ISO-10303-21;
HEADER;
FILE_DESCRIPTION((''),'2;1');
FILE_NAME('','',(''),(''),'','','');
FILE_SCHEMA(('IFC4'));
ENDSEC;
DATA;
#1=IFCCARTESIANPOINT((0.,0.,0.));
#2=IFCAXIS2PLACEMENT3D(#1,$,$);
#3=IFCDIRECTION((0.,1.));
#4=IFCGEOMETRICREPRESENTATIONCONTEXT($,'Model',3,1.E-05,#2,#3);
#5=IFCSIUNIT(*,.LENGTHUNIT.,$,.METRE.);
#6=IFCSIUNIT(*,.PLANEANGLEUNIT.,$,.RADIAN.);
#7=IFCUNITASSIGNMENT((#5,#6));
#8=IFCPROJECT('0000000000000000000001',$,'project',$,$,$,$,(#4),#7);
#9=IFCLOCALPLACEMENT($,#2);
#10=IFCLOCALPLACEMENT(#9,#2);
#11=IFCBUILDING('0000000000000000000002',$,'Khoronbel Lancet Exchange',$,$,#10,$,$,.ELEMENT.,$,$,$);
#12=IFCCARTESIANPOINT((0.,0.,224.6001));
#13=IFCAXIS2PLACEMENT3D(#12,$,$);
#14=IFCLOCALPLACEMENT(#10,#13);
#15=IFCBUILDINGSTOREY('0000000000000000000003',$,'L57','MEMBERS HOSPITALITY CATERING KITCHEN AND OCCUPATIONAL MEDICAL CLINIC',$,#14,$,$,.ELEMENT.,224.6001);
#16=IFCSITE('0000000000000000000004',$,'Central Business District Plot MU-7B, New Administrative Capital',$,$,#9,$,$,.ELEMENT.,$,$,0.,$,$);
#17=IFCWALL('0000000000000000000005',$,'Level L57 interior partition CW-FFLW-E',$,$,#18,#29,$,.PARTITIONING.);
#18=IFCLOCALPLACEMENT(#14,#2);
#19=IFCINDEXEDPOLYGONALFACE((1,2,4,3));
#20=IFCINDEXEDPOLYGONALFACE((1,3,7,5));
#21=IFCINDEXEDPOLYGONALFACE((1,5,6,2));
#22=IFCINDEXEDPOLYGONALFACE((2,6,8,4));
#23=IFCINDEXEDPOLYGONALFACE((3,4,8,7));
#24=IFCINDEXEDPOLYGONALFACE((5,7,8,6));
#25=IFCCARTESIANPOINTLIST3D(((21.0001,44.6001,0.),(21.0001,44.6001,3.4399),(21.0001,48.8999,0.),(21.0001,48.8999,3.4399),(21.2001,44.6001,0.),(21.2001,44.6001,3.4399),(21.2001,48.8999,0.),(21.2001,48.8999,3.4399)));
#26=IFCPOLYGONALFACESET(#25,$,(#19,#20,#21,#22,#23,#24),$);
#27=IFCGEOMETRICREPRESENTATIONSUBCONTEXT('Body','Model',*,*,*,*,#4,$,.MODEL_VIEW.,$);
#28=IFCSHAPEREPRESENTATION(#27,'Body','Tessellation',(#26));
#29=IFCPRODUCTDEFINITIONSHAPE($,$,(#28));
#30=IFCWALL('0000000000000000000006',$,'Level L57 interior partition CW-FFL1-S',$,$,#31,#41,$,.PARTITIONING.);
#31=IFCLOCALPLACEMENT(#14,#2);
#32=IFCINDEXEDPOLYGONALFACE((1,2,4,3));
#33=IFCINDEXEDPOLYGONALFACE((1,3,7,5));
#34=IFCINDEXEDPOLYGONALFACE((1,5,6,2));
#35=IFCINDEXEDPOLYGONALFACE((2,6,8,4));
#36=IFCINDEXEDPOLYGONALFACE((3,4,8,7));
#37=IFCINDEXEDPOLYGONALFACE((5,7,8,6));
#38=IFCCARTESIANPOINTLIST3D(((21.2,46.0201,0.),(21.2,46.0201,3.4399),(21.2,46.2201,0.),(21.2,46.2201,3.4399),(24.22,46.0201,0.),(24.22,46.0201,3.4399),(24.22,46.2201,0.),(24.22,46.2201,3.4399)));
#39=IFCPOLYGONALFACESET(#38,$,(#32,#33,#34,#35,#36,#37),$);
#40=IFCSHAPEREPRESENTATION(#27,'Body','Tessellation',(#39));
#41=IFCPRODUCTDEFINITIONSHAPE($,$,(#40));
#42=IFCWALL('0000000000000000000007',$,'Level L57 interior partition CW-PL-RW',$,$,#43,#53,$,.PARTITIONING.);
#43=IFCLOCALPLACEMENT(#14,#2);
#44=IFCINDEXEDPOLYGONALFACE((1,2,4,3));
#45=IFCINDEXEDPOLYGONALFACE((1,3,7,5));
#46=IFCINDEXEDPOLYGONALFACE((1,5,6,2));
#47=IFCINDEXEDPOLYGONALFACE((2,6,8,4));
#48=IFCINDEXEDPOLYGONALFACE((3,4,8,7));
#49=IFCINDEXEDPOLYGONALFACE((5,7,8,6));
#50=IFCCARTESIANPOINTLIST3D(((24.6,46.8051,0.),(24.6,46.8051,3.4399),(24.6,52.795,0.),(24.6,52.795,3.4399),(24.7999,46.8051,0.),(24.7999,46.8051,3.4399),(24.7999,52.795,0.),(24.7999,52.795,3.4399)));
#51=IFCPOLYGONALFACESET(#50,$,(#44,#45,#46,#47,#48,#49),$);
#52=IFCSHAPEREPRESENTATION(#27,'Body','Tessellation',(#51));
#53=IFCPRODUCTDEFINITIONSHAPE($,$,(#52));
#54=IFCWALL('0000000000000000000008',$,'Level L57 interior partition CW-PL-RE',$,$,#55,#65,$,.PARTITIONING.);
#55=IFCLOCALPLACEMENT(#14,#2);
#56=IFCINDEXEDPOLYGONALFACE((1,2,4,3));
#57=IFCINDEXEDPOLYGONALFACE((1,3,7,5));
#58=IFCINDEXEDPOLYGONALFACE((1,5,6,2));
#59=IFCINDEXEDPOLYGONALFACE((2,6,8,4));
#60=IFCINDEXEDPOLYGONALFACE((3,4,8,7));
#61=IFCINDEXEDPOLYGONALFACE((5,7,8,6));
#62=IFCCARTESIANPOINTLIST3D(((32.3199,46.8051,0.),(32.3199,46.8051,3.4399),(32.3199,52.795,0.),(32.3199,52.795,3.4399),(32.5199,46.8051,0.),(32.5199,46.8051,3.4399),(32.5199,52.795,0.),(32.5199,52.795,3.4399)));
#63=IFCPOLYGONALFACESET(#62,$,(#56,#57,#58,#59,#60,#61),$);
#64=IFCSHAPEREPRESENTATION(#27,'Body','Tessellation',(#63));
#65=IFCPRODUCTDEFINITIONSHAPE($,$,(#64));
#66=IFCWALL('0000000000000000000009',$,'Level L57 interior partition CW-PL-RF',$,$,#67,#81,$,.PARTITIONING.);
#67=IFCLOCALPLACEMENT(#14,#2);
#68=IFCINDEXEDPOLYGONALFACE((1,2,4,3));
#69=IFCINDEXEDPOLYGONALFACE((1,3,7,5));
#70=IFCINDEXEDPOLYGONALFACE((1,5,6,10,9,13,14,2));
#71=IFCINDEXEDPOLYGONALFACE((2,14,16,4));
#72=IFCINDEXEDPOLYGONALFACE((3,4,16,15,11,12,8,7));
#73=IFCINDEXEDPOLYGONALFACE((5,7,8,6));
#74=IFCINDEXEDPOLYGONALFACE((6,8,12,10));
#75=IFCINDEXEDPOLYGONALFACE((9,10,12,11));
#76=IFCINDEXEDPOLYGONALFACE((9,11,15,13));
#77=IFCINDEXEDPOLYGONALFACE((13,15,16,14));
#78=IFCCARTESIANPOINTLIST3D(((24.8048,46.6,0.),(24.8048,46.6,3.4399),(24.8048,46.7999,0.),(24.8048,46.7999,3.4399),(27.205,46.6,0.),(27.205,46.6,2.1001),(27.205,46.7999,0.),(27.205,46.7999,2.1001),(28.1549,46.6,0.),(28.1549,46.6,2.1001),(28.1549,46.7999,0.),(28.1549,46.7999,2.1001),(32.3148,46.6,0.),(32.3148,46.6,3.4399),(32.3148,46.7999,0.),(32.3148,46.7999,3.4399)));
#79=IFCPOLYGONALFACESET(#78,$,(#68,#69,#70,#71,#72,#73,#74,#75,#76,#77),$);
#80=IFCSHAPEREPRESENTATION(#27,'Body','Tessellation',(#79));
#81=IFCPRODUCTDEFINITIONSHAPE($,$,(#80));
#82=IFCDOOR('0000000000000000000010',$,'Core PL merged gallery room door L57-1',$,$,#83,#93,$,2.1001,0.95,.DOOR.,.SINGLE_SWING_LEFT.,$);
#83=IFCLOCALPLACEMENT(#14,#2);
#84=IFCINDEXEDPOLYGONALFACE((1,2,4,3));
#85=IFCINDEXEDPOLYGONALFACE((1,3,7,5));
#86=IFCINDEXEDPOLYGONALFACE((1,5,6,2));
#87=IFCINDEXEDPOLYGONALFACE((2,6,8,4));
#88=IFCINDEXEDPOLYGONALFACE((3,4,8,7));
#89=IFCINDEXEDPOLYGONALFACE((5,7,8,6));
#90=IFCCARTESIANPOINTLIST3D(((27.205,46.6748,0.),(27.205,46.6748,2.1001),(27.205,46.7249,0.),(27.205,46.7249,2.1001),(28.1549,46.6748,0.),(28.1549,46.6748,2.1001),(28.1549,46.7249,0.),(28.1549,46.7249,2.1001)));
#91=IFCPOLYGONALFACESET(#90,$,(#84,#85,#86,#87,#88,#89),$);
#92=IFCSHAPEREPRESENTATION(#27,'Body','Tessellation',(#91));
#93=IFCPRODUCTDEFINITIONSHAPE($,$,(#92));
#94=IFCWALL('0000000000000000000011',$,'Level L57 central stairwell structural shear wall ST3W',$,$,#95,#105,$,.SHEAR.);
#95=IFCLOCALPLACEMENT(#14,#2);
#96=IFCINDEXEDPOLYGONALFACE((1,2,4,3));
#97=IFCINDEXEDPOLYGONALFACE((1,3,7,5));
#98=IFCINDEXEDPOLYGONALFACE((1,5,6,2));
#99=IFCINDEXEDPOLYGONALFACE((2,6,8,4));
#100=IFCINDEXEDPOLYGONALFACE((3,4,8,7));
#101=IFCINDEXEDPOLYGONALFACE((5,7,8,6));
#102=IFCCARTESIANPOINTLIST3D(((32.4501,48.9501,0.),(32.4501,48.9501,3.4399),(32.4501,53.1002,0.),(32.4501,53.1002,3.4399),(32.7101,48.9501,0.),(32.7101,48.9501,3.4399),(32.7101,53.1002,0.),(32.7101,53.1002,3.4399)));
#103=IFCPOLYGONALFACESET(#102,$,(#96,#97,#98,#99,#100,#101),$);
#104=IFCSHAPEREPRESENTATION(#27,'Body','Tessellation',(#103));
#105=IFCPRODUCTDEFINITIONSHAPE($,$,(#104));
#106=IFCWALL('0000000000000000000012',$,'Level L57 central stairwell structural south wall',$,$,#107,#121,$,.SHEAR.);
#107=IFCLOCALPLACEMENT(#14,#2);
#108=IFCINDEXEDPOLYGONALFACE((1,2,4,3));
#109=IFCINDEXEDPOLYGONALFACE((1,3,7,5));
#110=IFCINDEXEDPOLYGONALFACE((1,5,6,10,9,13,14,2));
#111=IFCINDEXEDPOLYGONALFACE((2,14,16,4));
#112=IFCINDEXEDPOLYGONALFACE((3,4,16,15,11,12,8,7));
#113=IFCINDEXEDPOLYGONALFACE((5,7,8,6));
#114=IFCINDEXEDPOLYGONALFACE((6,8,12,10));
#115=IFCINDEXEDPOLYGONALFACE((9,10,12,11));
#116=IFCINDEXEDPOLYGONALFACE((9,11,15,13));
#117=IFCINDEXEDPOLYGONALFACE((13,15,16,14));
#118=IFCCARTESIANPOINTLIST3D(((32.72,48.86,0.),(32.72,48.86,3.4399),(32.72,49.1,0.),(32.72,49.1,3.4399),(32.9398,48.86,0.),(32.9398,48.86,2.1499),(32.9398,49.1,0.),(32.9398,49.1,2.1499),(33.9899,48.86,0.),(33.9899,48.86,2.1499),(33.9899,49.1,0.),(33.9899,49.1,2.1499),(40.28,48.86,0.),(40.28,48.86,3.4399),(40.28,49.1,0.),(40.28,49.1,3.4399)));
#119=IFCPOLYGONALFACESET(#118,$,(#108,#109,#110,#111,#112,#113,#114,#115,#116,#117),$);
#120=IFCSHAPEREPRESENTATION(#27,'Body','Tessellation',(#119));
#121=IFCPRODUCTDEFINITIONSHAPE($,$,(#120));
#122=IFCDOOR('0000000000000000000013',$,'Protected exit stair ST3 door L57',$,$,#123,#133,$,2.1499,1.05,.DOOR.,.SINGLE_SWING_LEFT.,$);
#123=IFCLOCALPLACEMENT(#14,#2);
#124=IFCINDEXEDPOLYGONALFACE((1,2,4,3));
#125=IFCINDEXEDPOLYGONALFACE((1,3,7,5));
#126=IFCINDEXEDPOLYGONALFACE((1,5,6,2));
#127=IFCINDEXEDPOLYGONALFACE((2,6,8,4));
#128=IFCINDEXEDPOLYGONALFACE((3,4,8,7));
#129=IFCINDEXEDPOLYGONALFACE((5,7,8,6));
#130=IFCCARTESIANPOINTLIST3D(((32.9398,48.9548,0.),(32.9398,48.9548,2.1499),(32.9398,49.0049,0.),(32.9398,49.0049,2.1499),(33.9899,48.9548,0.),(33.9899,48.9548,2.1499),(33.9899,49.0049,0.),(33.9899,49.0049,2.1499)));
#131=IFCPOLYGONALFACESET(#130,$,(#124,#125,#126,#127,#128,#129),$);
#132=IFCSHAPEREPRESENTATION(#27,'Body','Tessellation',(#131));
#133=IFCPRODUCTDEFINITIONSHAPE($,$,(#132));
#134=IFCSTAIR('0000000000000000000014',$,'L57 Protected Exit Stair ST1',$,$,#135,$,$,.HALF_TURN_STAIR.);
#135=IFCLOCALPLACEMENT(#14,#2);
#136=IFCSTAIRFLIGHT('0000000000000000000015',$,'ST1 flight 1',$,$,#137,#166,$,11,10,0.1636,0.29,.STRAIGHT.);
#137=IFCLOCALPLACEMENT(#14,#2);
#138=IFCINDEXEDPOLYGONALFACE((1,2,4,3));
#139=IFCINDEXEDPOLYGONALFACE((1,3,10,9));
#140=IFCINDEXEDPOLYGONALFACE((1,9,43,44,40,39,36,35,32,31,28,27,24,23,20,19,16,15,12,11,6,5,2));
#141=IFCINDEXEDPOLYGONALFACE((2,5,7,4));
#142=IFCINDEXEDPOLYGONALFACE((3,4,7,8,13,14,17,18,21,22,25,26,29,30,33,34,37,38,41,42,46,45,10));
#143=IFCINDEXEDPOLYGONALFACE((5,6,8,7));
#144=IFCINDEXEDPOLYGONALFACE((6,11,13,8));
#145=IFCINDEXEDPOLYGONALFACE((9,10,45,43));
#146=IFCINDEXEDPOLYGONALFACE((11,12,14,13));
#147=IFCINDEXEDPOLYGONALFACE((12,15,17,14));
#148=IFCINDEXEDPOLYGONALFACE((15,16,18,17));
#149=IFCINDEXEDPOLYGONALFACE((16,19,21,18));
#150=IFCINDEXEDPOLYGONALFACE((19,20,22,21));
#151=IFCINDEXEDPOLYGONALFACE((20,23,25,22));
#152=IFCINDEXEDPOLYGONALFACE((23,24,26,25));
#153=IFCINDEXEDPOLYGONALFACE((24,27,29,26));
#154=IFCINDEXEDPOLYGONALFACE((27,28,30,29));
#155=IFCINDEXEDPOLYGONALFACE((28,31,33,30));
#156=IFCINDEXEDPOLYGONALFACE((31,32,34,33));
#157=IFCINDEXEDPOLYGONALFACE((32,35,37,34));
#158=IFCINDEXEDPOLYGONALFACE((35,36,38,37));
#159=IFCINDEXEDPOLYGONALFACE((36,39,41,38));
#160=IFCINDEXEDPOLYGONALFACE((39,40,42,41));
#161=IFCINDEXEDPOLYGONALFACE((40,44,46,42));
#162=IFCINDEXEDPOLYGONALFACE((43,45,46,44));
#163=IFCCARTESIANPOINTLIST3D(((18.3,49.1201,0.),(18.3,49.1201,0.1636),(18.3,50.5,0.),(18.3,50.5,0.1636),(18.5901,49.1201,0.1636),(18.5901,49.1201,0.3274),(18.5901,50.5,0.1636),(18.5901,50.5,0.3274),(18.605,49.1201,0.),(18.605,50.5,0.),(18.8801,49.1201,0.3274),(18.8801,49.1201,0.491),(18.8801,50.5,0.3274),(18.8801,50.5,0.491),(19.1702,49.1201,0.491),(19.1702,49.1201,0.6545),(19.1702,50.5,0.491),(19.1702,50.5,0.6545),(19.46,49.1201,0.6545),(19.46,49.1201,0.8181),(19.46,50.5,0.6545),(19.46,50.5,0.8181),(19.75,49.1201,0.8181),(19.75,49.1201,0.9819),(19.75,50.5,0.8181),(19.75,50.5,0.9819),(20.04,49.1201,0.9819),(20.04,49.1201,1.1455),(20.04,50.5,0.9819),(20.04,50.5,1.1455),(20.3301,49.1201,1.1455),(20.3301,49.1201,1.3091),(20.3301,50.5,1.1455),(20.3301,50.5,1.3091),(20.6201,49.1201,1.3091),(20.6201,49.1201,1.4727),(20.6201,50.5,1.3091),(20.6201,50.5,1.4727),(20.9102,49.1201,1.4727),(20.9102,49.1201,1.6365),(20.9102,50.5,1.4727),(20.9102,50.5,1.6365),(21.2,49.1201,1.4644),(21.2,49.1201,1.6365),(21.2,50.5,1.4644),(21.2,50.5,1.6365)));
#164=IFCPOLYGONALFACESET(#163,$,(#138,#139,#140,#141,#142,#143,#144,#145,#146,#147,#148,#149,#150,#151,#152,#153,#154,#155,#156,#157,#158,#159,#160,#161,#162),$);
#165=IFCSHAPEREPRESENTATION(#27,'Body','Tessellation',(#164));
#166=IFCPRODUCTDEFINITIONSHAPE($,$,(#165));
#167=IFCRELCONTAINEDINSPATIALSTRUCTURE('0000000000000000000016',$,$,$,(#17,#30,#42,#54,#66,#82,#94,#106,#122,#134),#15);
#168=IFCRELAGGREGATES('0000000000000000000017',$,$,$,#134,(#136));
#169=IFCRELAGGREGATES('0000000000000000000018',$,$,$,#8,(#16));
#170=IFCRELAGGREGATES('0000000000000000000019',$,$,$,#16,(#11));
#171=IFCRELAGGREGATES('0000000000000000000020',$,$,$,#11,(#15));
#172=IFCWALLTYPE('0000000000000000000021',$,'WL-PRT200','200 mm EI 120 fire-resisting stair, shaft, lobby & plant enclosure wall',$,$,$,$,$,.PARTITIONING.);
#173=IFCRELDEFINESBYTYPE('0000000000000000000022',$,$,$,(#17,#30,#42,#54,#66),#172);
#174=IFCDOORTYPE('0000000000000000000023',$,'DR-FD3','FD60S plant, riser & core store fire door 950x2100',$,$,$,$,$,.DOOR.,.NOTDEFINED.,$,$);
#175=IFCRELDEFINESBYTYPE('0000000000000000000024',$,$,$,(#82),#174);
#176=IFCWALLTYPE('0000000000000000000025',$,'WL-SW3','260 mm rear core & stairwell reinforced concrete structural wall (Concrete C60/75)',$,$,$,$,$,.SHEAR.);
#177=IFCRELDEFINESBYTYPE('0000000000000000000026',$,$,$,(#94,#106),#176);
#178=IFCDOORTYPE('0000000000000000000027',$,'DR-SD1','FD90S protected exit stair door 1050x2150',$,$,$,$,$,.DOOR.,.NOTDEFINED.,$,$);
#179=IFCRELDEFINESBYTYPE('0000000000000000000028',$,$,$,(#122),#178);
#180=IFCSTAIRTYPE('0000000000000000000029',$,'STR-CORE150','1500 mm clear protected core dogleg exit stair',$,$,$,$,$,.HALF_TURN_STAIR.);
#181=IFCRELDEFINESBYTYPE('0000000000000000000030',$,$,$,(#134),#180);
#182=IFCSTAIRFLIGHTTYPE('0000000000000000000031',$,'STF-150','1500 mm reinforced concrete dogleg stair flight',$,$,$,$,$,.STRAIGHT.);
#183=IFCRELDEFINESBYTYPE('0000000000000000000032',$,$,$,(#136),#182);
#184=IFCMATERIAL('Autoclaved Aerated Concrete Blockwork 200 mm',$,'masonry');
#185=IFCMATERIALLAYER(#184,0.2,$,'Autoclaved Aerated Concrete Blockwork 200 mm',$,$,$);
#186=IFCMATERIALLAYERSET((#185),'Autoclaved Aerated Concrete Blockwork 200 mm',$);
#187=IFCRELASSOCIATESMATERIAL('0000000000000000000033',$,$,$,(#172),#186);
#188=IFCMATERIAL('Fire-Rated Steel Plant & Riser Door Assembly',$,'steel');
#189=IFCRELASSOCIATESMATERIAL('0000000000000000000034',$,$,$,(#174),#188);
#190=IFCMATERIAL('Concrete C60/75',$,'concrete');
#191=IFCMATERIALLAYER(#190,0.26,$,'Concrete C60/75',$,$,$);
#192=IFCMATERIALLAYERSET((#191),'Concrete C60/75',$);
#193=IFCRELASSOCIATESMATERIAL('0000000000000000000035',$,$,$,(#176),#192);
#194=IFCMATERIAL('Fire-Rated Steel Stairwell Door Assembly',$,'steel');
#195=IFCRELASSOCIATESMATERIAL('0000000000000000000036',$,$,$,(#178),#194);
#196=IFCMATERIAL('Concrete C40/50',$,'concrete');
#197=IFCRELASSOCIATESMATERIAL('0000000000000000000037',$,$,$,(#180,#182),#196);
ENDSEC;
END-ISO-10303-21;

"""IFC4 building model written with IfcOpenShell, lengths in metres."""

from ifc_helpers import new_model, si_unit, direction, frame, frame_2d, origin, place, context, subcontext, project, spatial, polyline, rectangle, outline, extrude, material, layer, layer_set, type_object, element, fill, aggregate, save


model = new_model("IFC4")

# Units and contexts
model_context = context("Model", 3, precision=1e-05, world=origin(), true_north=direction((0.0, 1.0)))
body_context = subcontext(model_context, "Body", "Model", "MODEL_VIEW")
ifc_project = project(units=[si_unit("LENGTHUNIT", "METRE"), si_unit("PLANEANGLEUNIT", "RADIAN")], contexts=[model_context])

# Site, building, storey
site_placement = place(None, origin())
site = spatial("IfcSite", under=ifc_project, at=site_placement, Name="Central Business District Plot MU-7B, New Administrative Capital", CompositionType="ELEMENT", RefElevation=0.0)
building_placement = place(site_placement, origin())
building = spatial("IfcBuilding", under=site, at=building_placement, Name="Khoronbel Lancet Exchange", CompositionType="ELEMENT")
storey_placement = place(building_placement, frame((0.0, 0.0, 224.6001)))
storey = spatial("IfcBuildingStorey", under=building, at=storey_placement, Name="L57", Description="MEMBERS HOSPITALITY CATERING KITCHEN AND OCCUPATIONAL MEDICAL CLINIC", CompositionType="ELEMENT", Elevation=224.6001)

# Shared definitions
ifc_material_1 = material(Name="Autoclaved Aerated Concrete Blockwork 200 mm", Category="masonry")
ifc_layer_1 = layer(ifc_material_1, 0.2, Name="Autoclaved Aerated Concrete Blockwork 200 mm")
ifc_layer_set_1 = layer_set([ifc_layer_1], Name="Autoclaved Aerated Concrete Blockwork 200 mm")
wall_type_1 = type_object("IfcWallType", Name="WL-PRT200", Description="200 mm EI 120 fire-resisting stair, shaft, lobby & plant enclosure wall", PredefinedType="PARTITIONING", material=ifc_layer_set_1)

# Walls
wall_1_placement = place(storey_placement, frame((21.1001, 44.6001, 0.0), z_axis=(0.0, 0.0, 1.0), x_axis=(0.0, 1.0, 0.0)))
element("IfcWall", 1, at=wall_1_placement, inside=storey, type_object=wall_type_1, Name="Level L57 interior partition CW-FFLW-E", PredefinedType="PARTITIONING", context=body_context, shape_type="SweptSolid", body=[
    extrude(rectangle(XDim=4.2998, YDim=0.2, at=frame_2d((2.1499, 0.0))), origin(), (0.0, 0.0, 1.0), 3.4399),
])
wall_2_placement = place(storey_placement, frame((21.2, 46.1201, 0.0), z_axis=(0.0, 0.0, 1.0), x_axis=(1.0, 0.0, 0.0)))
element("IfcWall", 2, at=wall_2_placement, inside=storey, type_object=wall_type_1, Name="Level L57 interior partition CW-FFL1-S", PredefinedType="PARTITIONING", context=body_context, shape_type="SweptSolid", body=[
    extrude(rectangle(XDim=3.02, YDim=0.2, at=frame_2d((1.51, 0.0))), origin(), (0.0, 0.0, 1.0), 3.4399),
])
for number, where, z_axis, x_axis, name in (
    (3, (24.7, 46.8049, 0.0), (0.0, 0.0, 1.0), (0.0, 1.0, 0.0), "Level L57 interior partition CW-PL-RW"),
    (4, (32.4199, 46.8049, 0.0), (0.0, 0.0, 1.0), (0.0, 1.0, 0.0), "Level L57 interior partition CW-PL-RE"),
):
    element("IfcWall", number, at=place(storey_placement, frame(where, z_axis=z_axis, x_axis=x_axis)), inside=storey, type_object=wall_type_1, Name=name, PredefinedType="PARTITIONING", context=body_context, shape_type="SweptSolid", body=[
        extrude(rectangle(XDim=5.99, YDim=0.2, at=frame_2d((2.9951, 0.0))), origin(), (0.0, 0.0, 1.0), 3.4399),
    ])

# Wall, opening, door
wall_3_placement = place(storey_placement, frame((24.8049, 46.7, 0.0), z_axis=(0.0, 0.0, 1.0), x_axis=(1.0, 0.0, 0.0)))
wall_3 = element("IfcWall", 5, at=wall_3_placement, inside=storey, type_object=wall_type_1, Name="Level L57 interior partition CW-PL-RF", PredefinedType="PARTITIONING", context=body_context, shape_type="SweptSolid", body=[
    extrude(rectangle(XDim=7.51, YDim=0.2, at=frame_2d((3.7549, 0.0))), origin(), (0.0, 0.0, 1.0), 3.4399),
])
opening_1_placement = place(wall_3_placement, frame((2.3999, 0.0, 0.0)))
opening_1 = element("IfcOpeningElement", 6, at=opening_1_placement, cuts=wall_3, PredefinedType="OPENING", context=body_context, shape_type="SweptSolid", body=[
    extrude(rectangle(XDim=0.95, YDim=2.1001, at=frame_2d((0.4751, 1.05))), frame((0.0, 0.1099, 0.0), z_axis=(0.0, -1.0, 0.0), x_axis=(1.0, 0.0, 0.0)), (0.0, 0.0, 1.0), 0.22),
])
ifc_material_2 = material(Name="Fire-Rated Steel Plant & Riser Door Assembly", Category="steel")
door_type_1 = type_object("IfcDoorType", Name="DR-FD3", Description="FD60S plant, riser & core store fire door 950x2100", OperationType="NOTDEFINED", PredefinedType="DOOR", material=ifc_material_2)
door_1_placement = place(opening_1_placement, origin())
door_1 = element("IfcDoor", 7, at=door_1_placement, inside=storey, type_object=door_type_1, Name="Core PL merged gallery room door L57-1", OperationType="SINGLE_SWING_LEFT", OverallHeight=2.1001, OverallWidth=0.95, PredefinedType="DOOR", context=body_context, shape_type="SweptSolid", body=[
    extrude(rectangle(XDim=0.95, YDim=2.1001, at=frame_2d((0.4751, 1.05))), frame((0.0, 0.0249, 0.0), z_axis=(0.0, -1.0, 0.0), x_axis=(1.0, 0.0, 0.0)), (0.0, 0.0, 1.0), 0.05),
])
fill(opening_1, door_1)

# Wall
ifc_material_3 = material(Name="Concrete C60/75", Category="concrete")
ifc_layer_2 = layer(ifc_material_3, 0.26, Name="Concrete C60/75")
ifc_layer_set_2 = layer_set([ifc_layer_2], Name="Concrete C60/75")
wall_type_2 = type_object("IfcWallType", Name="WL-SW3", Description="260 mm rear core & stairwell reinforced concrete structural wall (Concrete C60/75)", PredefinedType="SHEAR", material=ifc_layer_set_2)
wall_4_placement = place(storey_placement, frame((32.5801, 48.95, 0.0), z_axis=(0.0, 0.0, 1.0), x_axis=(0.0, 1.0, 0.0)))
element("IfcWall", 8, at=wall_4_placement, inside=storey, type_object=wall_type_2, Name="Level L57 central stairwell structural shear wall ST3W", PredefinedType="SHEAR", context=body_context, shape_type="SweptSolid", body=[
    extrude(rectangle(XDim=4.1501, YDim=0.26, at=frame_2d((2.0752, 0.0))), origin(), (0.0, 0.0, 1.0), 3.4399),
])

# Wall, opening, door
wall_5_placement = place(storey_placement, frame((32.72, 48.98, 0.0), z_axis=(0.0, 0.0, 1.0), x_axis=(1.0, 0.0, 0.0)))
wall_5 = element("IfcWall", 9, at=wall_5_placement, inside=storey, type_object=wall_type_2, Name="Level L57 central stairwell structural south wall", PredefinedType="SHEAR", context=body_context, shape_type="SweptSolid", body=[
    extrude(rectangle(XDim=7.5601, YDim=0.24, at=frame_2d((3.78, 0.0))), origin(), (0.0, 0.0, 1.0), 3.4399),
])
opening_2_placement = place(wall_5_placement, frame((0.22, 0.0, 0.0)))
opening_2 = element("IfcOpeningElement", 10, at=opening_2_placement, cuts=wall_5, PredefinedType="OPENING", context=body_context, shape_type="SweptSolid", body=[
    extrude(rectangle(XDim=1.05, YDim=2.1499, at=frame_2d((0.5249, 1.075))), frame((0.0, 0.1299, 0.0), z_axis=(0.0, -1.0, 0.0), x_axis=(1.0, 0.0, 0.0)), (0.0, 0.0, 1.0), 0.26),
])
ifc_material_4 = material(Name="Fire-Rated Steel Stairwell Door Assembly", Category="steel")
door_type_2 = type_object("IfcDoorType", Name="DR-SD1", Description="FD90S protected exit stair door 1050x2150", OperationType="NOTDEFINED", PredefinedType="DOOR", material=ifc_material_4)
door_2_placement = place(opening_2_placement, origin())
door_2 = element("IfcDoor", 11, at=door_2_placement, inside=storey, type_object=door_type_2, Name="Protected exit stair ST3 door L57", OperationType="SINGLE_SWING_LEFT", OverallHeight=2.1499, OverallWidth=1.05, PredefinedType="DOOR", context=body_context, shape_type="SweptSolid", body=[
    extrude(rectangle(XDim=1.05, YDim=2.1499, at=frame_2d((0.5249, 1.075))), frame((0.0, 0.0249, 0.0), z_axis=(0.0, -1.0, 0.0), x_axis=(1.0, 0.0, 0.0)), (0.0, 0.0, 1.0), 0.05),
])
fill(opening_2, door_2)

# Stair, stair flight
ifc_material_5 = material(Name="Concrete C40/50", Category="concrete")
stair_type = type_object("IfcStairType", Name="STR-CORE150", Description="1500 mm clear protected core dogleg exit stair", PredefinedType="HALF_TURN_STAIR", material=ifc_material_5)
stair_placement = place(storey_placement, origin())
stair = element("IfcStair", 12, at=stair_placement, inside=storey, type_object=stair_type, Name="L57 Protected Exit Stair ST1", PredefinedType="HALF_TURN_STAIR")
stair_flight_type = type_object("IfcStairFlightType", Name="STF-150", Description="1500 mm reinforced concrete dogleg stair flight", PredefinedType="STRAIGHT", material=ifc_material_5)
stair_flight_1_placement = place(storey_placement, frame((18.3, 49.8101, 0.0), z_axis=(0.0, 0.0, 1.0), x_axis=(1.0, 0.0, 0.0)))
stair_flight_1 = element("IfcStairFlight", 13, at=stair_flight_1_placement, type_object=stair_flight_type, Name="ST1 flight 1", NumberOfRisers=11, NumberOfTreads=10, PredefinedType="STRAIGHT", RiserHeight=0.1636, TreadLength=0.29, context=body_context, shape_type="SweptSolid", body=[
    extrude(outline(polyline([(0.0, 0.0), (0.0, 0.1636), (0.29, 0.1636), (0.29, 0.3274), (0.5801, 0.3274), (0.5801, 0.491), (0.8701, 0.491), (0.8701, 0.6545), (1.1599, 0.6545), (1.1599, 0.8181), (1.45, 0.8181), (1.45, 0.9819), (1.74, 0.9819), (1.74, 1.1455), (2.03, 1.1455), (2.03, 1.3091), (2.3201, 1.3091), (2.3201, 1.4727), (2.6101, 1.4727), (2.6101, 1.6365), (2.8999, 1.6365), (2.8999, 1.8), (2.8999, 1.4644), (0.3049, 0.0), (0.0, 0.0)])), frame((0.0, 0.6899, 0.0), z_axis=(0.0, -1.0, 0.0), x_axis=(1.0, 0.0, 0.0)), (0.0, 0.0, 1.0), 1.3799),
])
aggregate(stair, [stair_flight_1])

save(model, "model.ifc")
